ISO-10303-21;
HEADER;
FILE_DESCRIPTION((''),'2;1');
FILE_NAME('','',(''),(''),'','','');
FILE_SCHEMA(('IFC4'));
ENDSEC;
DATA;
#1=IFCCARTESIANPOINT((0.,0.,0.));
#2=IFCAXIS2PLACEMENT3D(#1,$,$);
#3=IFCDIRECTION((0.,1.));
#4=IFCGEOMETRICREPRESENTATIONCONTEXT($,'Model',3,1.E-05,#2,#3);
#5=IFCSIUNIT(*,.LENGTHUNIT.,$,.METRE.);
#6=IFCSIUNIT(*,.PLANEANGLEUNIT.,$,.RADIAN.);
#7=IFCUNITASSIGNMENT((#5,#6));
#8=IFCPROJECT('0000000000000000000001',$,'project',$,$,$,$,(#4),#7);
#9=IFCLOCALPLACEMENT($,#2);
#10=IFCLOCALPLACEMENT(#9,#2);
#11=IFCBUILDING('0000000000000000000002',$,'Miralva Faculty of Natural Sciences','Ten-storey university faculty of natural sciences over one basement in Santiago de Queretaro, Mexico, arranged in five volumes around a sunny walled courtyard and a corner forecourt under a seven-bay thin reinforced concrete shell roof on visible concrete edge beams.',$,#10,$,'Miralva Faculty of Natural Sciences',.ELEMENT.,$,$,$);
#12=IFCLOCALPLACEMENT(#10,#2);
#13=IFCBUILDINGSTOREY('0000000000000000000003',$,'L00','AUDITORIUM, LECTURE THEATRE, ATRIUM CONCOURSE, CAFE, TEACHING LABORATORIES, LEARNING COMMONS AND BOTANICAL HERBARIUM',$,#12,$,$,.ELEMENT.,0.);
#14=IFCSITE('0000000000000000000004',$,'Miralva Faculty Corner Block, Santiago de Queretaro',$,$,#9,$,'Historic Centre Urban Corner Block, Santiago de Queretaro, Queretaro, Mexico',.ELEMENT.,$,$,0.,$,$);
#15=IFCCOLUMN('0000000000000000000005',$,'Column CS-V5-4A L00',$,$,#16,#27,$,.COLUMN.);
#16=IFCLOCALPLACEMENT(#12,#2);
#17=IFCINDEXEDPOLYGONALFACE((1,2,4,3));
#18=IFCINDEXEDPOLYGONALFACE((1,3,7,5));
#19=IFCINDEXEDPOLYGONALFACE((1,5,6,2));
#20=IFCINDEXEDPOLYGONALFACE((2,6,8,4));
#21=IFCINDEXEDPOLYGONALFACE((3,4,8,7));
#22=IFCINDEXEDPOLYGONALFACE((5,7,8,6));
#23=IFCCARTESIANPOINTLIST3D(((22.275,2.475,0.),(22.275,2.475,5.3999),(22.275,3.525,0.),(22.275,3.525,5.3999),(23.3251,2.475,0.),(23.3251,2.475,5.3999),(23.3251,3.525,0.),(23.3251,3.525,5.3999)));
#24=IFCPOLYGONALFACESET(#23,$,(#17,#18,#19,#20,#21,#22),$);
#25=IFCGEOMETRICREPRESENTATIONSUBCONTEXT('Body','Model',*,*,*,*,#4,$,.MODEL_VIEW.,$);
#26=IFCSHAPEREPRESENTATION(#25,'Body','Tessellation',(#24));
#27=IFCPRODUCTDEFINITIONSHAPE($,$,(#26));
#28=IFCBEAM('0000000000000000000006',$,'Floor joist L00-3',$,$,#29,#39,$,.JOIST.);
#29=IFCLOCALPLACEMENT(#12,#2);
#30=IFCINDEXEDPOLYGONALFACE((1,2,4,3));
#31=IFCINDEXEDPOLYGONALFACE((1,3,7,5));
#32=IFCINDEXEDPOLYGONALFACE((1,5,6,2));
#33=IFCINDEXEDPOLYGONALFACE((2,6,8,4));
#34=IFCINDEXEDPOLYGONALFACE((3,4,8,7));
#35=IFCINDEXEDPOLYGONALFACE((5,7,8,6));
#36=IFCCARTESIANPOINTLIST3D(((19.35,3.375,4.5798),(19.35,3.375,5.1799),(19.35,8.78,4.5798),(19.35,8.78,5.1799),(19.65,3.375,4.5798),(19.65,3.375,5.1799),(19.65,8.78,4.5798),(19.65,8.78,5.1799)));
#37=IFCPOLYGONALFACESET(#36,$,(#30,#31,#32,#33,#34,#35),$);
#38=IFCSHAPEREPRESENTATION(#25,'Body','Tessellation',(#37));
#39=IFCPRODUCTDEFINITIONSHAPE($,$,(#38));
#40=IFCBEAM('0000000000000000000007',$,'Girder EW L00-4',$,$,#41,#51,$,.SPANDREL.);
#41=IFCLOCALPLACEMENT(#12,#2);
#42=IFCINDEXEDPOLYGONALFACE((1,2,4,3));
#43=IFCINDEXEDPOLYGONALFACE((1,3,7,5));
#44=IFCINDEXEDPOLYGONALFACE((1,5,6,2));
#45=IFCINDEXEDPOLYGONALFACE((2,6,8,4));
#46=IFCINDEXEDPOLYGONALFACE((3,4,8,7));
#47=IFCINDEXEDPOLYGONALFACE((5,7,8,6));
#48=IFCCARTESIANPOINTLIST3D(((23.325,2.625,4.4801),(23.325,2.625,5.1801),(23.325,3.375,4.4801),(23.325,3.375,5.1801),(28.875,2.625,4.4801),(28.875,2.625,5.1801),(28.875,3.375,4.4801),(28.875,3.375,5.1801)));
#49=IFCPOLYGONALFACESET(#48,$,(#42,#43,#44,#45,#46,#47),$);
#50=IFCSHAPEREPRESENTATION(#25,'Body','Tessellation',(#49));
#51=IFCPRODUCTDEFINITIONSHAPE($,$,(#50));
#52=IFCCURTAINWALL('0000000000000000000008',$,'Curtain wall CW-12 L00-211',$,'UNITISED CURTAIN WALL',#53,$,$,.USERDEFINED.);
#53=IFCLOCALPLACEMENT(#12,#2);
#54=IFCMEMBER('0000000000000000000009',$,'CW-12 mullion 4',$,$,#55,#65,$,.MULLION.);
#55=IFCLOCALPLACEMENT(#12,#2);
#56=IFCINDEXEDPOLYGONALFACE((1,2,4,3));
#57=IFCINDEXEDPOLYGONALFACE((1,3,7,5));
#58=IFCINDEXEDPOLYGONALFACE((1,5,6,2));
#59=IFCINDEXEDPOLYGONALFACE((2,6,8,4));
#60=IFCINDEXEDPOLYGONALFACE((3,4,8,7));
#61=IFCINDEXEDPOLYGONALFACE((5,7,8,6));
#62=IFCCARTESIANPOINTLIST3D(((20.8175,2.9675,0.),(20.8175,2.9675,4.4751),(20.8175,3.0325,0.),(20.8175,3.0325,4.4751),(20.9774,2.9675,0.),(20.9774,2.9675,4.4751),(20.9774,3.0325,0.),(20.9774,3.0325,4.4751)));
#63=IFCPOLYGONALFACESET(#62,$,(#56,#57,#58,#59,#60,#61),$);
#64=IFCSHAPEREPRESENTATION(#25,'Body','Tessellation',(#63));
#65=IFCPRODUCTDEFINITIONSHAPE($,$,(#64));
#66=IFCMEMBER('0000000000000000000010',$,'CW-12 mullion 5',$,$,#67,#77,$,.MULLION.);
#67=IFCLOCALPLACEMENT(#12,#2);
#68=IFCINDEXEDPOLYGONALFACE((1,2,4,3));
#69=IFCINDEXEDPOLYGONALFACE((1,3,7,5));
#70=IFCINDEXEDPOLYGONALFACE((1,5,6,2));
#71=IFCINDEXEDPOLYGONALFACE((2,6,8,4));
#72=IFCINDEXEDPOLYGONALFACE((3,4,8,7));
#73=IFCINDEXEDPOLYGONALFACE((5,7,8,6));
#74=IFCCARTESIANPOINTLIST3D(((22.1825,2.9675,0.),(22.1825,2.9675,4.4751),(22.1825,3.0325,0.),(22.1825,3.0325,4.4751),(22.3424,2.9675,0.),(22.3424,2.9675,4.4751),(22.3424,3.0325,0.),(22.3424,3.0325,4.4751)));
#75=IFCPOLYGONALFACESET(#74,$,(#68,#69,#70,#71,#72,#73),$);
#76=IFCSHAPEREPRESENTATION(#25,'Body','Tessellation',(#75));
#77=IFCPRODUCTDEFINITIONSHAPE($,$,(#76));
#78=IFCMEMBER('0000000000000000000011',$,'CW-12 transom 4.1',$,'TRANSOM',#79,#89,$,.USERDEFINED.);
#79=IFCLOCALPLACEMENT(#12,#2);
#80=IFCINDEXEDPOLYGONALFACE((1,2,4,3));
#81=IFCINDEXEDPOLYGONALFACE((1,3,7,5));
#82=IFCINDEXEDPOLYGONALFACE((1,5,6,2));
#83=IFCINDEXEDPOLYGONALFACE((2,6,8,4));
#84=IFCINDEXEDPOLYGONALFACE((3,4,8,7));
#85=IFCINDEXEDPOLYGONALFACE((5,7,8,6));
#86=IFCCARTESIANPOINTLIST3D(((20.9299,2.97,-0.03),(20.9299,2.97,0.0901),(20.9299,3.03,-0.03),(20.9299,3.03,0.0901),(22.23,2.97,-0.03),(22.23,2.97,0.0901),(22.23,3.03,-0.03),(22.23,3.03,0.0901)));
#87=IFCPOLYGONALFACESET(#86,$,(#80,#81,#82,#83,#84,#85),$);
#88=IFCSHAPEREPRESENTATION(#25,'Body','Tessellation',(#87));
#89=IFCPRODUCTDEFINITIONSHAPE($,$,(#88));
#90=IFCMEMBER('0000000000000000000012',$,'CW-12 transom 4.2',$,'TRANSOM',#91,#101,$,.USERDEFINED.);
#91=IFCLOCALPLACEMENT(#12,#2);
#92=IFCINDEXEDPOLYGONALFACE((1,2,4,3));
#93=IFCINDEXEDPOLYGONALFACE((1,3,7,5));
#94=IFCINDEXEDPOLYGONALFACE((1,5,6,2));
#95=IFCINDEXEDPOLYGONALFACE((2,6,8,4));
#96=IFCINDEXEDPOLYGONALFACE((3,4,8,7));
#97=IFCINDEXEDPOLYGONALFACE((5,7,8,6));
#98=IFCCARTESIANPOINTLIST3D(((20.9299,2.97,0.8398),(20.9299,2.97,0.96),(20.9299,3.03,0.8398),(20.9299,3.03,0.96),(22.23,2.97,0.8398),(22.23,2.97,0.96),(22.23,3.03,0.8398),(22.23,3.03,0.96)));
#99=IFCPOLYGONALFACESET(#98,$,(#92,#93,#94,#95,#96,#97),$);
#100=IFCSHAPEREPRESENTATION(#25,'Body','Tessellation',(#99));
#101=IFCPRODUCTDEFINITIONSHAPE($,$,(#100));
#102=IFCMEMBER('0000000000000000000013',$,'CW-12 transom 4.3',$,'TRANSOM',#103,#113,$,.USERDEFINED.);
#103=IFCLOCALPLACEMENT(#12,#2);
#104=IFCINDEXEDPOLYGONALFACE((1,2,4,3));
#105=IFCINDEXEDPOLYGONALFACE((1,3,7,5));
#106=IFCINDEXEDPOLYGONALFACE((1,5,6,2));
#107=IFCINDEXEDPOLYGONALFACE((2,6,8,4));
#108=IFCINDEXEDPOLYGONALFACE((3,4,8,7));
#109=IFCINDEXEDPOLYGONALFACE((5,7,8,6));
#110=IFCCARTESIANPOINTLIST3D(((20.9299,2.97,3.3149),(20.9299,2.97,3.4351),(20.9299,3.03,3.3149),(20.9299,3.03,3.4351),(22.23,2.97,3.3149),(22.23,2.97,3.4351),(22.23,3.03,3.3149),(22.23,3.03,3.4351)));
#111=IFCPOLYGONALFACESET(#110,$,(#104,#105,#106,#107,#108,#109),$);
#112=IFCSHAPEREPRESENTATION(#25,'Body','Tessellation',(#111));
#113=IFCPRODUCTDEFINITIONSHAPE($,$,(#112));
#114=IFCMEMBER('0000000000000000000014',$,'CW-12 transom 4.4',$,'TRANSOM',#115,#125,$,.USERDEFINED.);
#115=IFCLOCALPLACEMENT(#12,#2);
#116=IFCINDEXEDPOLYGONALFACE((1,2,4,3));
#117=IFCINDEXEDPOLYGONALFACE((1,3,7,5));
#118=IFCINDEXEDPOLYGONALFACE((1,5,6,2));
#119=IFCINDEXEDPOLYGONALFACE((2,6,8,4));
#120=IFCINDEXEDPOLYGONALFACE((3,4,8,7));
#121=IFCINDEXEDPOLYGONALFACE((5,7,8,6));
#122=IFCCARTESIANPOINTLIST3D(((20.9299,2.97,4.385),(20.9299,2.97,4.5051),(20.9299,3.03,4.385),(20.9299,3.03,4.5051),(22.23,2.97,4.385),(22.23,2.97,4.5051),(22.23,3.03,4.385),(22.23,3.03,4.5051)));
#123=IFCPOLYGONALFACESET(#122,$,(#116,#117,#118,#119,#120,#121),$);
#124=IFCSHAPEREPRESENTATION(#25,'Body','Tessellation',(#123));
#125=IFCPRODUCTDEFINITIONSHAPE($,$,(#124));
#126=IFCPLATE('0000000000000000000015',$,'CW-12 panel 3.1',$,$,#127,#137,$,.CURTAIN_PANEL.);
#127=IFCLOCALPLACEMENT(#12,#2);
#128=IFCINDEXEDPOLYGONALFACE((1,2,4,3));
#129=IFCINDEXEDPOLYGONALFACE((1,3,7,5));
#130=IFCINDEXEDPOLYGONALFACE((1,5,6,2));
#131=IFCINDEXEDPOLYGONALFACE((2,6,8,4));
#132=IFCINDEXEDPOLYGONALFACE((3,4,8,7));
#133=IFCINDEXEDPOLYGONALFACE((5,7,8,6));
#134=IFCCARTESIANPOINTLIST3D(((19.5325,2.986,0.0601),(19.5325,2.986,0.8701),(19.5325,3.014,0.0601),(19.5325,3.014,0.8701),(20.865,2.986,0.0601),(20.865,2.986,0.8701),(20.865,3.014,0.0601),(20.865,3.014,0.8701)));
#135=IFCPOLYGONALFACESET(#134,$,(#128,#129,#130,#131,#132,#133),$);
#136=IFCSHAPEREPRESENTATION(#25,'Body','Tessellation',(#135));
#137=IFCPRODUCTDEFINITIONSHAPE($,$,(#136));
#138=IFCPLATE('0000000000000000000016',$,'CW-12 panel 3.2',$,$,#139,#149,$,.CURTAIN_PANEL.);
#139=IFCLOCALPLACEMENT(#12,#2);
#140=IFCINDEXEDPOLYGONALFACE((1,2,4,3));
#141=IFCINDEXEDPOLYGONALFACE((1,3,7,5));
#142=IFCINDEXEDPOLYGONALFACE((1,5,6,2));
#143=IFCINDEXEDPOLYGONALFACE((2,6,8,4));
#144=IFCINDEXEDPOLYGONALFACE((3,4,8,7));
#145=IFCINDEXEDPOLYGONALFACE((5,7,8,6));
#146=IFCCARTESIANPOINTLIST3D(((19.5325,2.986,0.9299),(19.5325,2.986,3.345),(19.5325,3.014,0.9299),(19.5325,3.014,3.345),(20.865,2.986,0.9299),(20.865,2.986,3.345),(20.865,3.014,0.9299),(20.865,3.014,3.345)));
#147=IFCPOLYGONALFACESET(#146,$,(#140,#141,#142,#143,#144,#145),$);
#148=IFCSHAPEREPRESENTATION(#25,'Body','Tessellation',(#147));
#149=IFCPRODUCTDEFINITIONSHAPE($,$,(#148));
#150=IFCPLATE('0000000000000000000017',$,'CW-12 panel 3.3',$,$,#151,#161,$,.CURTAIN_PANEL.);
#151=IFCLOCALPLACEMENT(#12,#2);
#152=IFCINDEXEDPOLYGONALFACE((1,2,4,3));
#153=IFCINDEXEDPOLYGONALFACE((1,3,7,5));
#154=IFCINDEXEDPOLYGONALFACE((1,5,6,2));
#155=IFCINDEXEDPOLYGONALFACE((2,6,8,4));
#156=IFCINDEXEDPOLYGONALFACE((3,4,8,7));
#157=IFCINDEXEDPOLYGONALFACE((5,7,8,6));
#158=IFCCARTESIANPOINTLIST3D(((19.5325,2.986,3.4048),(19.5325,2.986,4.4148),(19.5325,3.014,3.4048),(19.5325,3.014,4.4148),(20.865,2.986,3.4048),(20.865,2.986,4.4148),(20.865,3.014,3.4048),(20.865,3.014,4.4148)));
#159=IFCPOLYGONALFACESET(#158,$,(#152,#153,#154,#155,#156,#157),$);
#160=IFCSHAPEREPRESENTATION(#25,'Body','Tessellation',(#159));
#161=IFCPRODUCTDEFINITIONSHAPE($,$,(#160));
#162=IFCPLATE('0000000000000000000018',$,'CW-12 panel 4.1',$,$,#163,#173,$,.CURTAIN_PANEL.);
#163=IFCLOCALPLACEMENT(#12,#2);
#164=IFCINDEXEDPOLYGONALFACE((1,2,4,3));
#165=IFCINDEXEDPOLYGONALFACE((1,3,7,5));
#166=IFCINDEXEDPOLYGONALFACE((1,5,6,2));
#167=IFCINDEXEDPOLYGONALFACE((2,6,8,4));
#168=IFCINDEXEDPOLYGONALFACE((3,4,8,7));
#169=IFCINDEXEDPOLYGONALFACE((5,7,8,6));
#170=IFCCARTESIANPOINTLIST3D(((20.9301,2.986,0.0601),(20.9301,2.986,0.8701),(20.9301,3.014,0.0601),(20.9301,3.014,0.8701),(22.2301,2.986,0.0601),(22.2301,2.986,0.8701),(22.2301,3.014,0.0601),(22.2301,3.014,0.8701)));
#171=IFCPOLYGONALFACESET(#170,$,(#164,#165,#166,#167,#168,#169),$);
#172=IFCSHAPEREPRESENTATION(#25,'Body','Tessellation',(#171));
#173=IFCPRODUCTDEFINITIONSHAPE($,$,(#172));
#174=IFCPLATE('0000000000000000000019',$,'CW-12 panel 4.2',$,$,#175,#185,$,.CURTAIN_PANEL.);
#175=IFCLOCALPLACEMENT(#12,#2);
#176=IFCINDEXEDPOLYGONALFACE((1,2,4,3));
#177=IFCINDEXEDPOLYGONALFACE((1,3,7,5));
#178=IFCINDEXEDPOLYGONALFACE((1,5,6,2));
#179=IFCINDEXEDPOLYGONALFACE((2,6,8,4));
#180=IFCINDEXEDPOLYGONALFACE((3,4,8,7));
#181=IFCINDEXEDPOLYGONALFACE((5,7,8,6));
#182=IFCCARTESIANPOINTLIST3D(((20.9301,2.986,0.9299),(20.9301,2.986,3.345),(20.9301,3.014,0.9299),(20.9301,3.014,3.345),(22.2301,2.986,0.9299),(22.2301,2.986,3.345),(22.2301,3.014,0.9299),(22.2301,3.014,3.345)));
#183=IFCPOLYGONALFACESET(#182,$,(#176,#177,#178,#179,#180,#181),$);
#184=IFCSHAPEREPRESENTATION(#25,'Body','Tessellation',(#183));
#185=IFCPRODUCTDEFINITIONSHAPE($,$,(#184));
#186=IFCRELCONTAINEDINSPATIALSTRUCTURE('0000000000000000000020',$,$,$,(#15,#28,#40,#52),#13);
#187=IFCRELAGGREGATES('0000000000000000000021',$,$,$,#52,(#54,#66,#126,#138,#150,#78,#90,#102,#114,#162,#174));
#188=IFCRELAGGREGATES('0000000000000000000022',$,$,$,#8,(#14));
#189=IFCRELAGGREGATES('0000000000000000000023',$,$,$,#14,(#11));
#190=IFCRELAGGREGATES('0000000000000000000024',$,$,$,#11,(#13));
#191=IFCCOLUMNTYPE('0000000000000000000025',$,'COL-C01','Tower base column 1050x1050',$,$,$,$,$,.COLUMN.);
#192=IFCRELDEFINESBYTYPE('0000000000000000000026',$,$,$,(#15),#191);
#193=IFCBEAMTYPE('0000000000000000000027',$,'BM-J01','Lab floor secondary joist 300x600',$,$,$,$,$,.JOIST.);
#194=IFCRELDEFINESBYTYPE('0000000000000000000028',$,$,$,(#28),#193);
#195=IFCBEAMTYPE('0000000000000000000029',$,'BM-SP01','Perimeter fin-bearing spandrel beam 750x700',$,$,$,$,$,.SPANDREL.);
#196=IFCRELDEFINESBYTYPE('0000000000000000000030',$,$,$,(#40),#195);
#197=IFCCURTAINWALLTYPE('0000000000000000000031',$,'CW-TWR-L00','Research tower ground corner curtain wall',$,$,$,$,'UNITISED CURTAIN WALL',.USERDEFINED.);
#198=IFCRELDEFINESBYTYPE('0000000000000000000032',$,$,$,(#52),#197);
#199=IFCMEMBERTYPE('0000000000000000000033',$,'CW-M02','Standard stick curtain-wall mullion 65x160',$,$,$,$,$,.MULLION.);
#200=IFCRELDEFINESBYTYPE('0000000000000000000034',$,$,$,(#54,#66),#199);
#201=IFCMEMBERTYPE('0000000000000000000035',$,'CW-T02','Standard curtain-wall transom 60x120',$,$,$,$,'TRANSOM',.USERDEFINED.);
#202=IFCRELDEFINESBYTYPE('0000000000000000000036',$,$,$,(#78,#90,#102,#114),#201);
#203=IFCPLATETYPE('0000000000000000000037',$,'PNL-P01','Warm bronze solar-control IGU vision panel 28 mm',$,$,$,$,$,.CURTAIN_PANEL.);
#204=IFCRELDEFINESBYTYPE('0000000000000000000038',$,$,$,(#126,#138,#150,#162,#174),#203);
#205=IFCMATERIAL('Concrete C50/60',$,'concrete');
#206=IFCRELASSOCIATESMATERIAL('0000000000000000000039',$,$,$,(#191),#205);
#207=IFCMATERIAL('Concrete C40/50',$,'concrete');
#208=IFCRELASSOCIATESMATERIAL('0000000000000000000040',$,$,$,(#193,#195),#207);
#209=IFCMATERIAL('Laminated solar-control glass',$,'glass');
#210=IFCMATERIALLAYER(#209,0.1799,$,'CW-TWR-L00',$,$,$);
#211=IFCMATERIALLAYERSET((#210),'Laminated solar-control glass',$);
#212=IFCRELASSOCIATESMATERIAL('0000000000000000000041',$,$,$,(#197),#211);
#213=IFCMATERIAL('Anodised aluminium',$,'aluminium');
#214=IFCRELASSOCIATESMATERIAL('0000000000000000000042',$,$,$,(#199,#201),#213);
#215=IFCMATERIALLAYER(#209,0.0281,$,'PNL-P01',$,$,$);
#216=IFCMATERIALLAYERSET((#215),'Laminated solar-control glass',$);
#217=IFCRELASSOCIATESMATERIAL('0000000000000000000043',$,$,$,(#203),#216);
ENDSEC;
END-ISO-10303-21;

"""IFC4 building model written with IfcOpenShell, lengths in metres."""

from ifc_helpers import new_model, si_unit, direction, frame, origin, origin_2d, place, context, subcontext, project, spatial, rectangle, extrude, material, layer, layer_set, material_profile, profile_set, type_object, element, aggregate, save


model = new_model("IFC4")

# Units and contexts
model_context = context("Model", 3, precision=1e-05, world=origin(), true_north=direction((0.0, 1.0)))
body_context = subcontext(model_context, "Body", "Model", "MODEL_VIEW")
ifc_project = project(units=[si_unit("LENGTHUNIT", "METRE"), si_unit("PLANEANGLEUNIT", "RADIAN")], contexts=[model_context])

# Site, building, storey
site_placement = place(None, origin())
site = spatial("IfcSite", under=ifc_project, at=site_placement, Name="Miralva Faculty Corner Block, Santiago de Queretaro", LongName="Historic Centre Urban Corner Block, Santiago de Queretaro, Queretaro, Mexico", CompositionType="ELEMENT", RefElevation=0.0)
building_placement = place(site_placement, origin())
building = spatial("IfcBuilding", under=site, at=building_placement, Name="Miralva Faculty of Natural Sciences", Description="Ten-storey university faculty of natural sciences over one basement in Santiago de Queretaro, Mexico, arranged in five volumes around a sunny walled courtyard and a corner forecourt under a seven-bay thin reinforced concrete shell roof on visible concrete edge beams.", LongName="Miralva Faculty of Natural Sciences", CompositionType="ELEMENT")
storey_placement = place(building_placement, origin())
storey = spatial("IfcBuildingStorey", under=building, at=storey_placement, Name="L00", Description="AUDITORIUM, LECTURE THEATRE, ATRIUM CONCOURSE, CAFE, TEACHING LABORATORIES, LEARNING COMMONS AND BOTANICAL HERBARIUM", CompositionType="ELEMENT", Elevation=0.0)

# Column
ifc_material_1 = material(Name="Concrete C50/60", Category="concrete")
ifc_material_profile_1 = material_profile(ifc_material_1, rectangle(XDim=1.05, YDim=1.05, at=origin_2d()), Name="RC 1050x1050")
ifc_profile_set_1 = profile_set([ifc_material_profile_1], Name="Concrete C50/60")
column_type = type_object("IfcColumnType", Name="COL-C01", Description="Tower base column 1050x1050", PredefinedType="COLUMN", material=ifc_profile_set_1)
column_placement = place(storey_placement, frame((22.8, 3.0, 0.0), z_axis=(0.0, 0.0, 1.0), x_axis=(1.0, 0.0, 0.0)))
element("IfcColumn", 1, at=column_placement, inside=storey, type_object=column_type, Name="Column CS-V5-4A L00", PredefinedType="COLUMN", context=body_context, shape_type="SweptSolid", body=[
    extrude(rectangle(XDim=1.05, YDim=1.05, at=origin_2d()), origin(), (0.0, 0.0, 1.0), 5.3999),
])

# Beams
ifc_material_2 = material(Name="Concrete C40/50", Category="concrete")
ifc_material_profile_2 = material_profile(ifc_material_2, rectangle(XDim=0.3, YDim=0.6001, at=origin_2d()), Name="RC 300x600")
ifc_profile_set_2 = profile_set([ifc_material_profile_2], Name="Concrete C40/50")
beam_type_1 = type_object("IfcBeamType", Name="BM-J01", Description="Lab floor secondary joist 300x600", PredefinedType="JOIST", material=ifc_profile_set_2)
beam_1_placement = place(storey_placement, frame((19.5, 3.375, 4.8799), z_axis=(0.0, 1.0, 0.0), x_axis=(-1.0, 0.0, 0.0)))
element("IfcBeam", 2, at=beam_1_placement, inside=storey, type_object=beam_type_1, Name="Floor joist L00-3", PredefinedType="JOIST", context=body_context, shape_type="SweptSolid", body=[
    extrude(rectangle(XDim=0.3, YDim=0.6001, at=origin_2d()), origin(), (0.0, 0.0, 1.0), 5.405),
])
ifc_material_profile_3 = material_profile(ifc_material_2, rectangle(XDim=0.75, YDim=0.7, at=origin_2d()), Name="RC 750x700")
ifc_profile_set_3 = profile_set([ifc_material_profile_3], Name="Concrete C40/50")
beam_type_2 = type_object("IfcBeamType", Name="BM-SP01", Description="Perimeter fin-bearing spandrel beam 750x700", PredefinedType="SPANDREL", material=ifc_profile_set_3)
beam_2_placement = place(storey_placement, frame((23.325, 3.0, 4.8301), z_axis=(1.0, 0.0, 0.0), x_axis=(0.0, 1.0, 0.0)))
element("IfcBeam", 3, at=beam_2_placement, inside=storey, type_object=beam_type_2, Name="Girder EW L00-4", PredefinedType="SPANDREL", context=body_context, shape_type="SweptSolid", body=[
    extrude(rectangle(XDim=0.75, YDim=0.7, at=origin_2d()), origin(), (0.0, 0.0, 1.0), 5.55),
])

# Curtain wall, members, plates
ifc_material_3 = material(Name="Laminated solar-control glass", Category="glass")
ifc_layer_1 = layer(ifc_material_3, 0.1799, Name="CW-TWR-L00")
ifc_layer_set_1 = layer_set([ifc_layer_1], Name="Laminated solar-control glass")
curtain_wall_type = type_object("IfcCurtainWallType", Name="CW-TWR-L00", Description="Research tower ground corner curtain wall", ElementType="UNITISED CURTAIN WALL", PredefinedType="USERDEFINED", material=ifc_layer_set_1)
curtain_wall_placement = place(storey_placement, origin())
curtain_wall = element("IfcCurtainWall", 4, at=curtain_wall_placement, inside=storey, type_object=curtain_wall_type, Name="Curtain wall CW-12 L00-211", ObjectType="UNITISED CURTAIN WALL", PredefinedType="USERDEFINED")
ifc_material_4 = material(Name="Anodised aluminium", Category="aluminium")
ifc_material_profile_4 = material_profile(ifc_material_4, rectangle(XDim=0.0649, YDim=0.1599, at=origin_2d()), Name="MULLION 65x160")
ifc_profile_set_4 = profile_set([ifc_material_profile_4], Name="Anodised aluminium")
member_type_1 = type_object("IfcMemberType", Name="CW-M02", Description="Standard stick curtain-wall mullion 65x160", PredefinedType="MULLION", material=ifc_profile_set_4)
member_1_placement = place(storey_placement, frame((20.8975, 3.0, 0.0), z_axis=(0.0, 0.0, 1.0), x_axis=(0.0, 1.0, 0.0)))
member_1 = element("IfcMember", 5, at=member_1_placement, type_object=member_type_1, Name="CW-12 mullion 4", PredefinedType="MULLION", context=body_context, shape_type="SweptSolid", body=[
    extrude(rectangle(XDim=0.0649, YDim=0.1599, at=origin_2d()), origin(), (0.0, 0.0, 1.0), 4.4751),
])
member_2_placement = place(storey_placement, frame((22.2625, 3.0, 0.0), z_axis=(0.0, 0.0, 1.0), x_axis=(0.0, 1.0, 0.0)))
member_2 = element("IfcMember", 6, at=member_2_placement, type_object=member_type_1, Name="CW-12 mullion 5", PredefinedType="MULLION", context=body_context, shape_type="SweptSolid", body=[
    extrude(rectangle(XDim=0.0649, YDim=0.1599, at=origin_2d()), origin(), (0.0, 0.0, 1.0), 4.4751),
])
ifc_material_profile_5 = material_profile(ifc_material_4, rectangle(XDim=0.0601, YDim=0.1201, at=origin_2d()), Name="TRANSOM 60x120")
ifc_profile_set_5 = profile_set([ifc_material_profile_5], Name="Anodised aluminium")
member_type_2 = type_object("IfcMemberType", Name="CW-T02", Description="Standard curtain-wall transom 60x120", ElementType="TRANSOM", PredefinedType="USERDEFINED", material=ifc_profile_set_5)
member_3_placement = place(storey_placement, frame((20.9299, 3.0, 0.03), z_axis=(1.0, 0.0, 0.0), x_axis=(0.0, 1.0, 0.0)))
member_3 = element("IfcMember", 7, at=member_3_placement, type_object=member_type_2, Name="CW-12 transom 4.1", ObjectType="TRANSOM", PredefinedType="USERDEFINED", context=body_context, shape_type="SweptSolid", body=[
    extrude(rectangle(XDim=0.0601, YDim=0.1201, at=origin_2d()), origin(), (0.0, 0.0, 1.0), 1.3),
])
member_4_placement = place(storey_placement, frame((20.9299, 3.0, 0.8999), z_axis=(1.0, 0.0, 0.0), x_axis=(0.0, 1.0, 0.0)))
member_4 = element("IfcMember", 8, at=member_4_placement, type_object=member_type_2, Name="CW-12 transom 4.2", ObjectType="TRANSOM", PredefinedType="USERDEFINED", context=body_context, shape_type="SweptSolid", body=[
    extrude(rectangle(XDim=0.0601, YDim=0.1201, at=origin_2d()), origin(), (0.0, 0.0, 1.0), 1.3),
])
member_5_placement = place(storey_placement, frame((20.9299, 3.0, 3.375), z_axis=(1.0, 0.0, 0.0), x_axis=(0.0, 1.0, 0.0)))
member_5 = element("IfcMember", 9, at=member_5_placement, type_object=member_type_2, Name="CW-12 transom 4.3", ObjectType="TRANSOM", PredefinedType="USERDEFINED", context=body_context, shape_type="SweptSolid", body=[
    extrude(rectangle(XDim=0.0601, YDim=0.1201, at=origin_2d()), origin(), (0.0, 0.0, 1.0), 1.3),
])
member_6_placement = place(storey_placement, frame((20.9299, 3.0, 4.4451), z_axis=(1.0, 0.0, 0.0), x_axis=(0.0, 1.0, 0.0)))
member_6 = element("IfcMember", 10, at=member_6_placement, type_object=member_type_2, Name="CW-12 transom 4.4", ObjectType="TRANSOM", PredefinedType="USERDEFINED", context=body_context, shape_type="SweptSolid", body=[
    extrude(rectangle(XDim=0.0601, YDim=0.1201, at=origin_2d()), origin(), (0.0, 0.0, 1.0), 1.3),
])
ifc_layer_2 = layer(ifc_material_3, 0.0281, Name="PNL-P01")
ifc_layer_set_2 = layer_set([ifc_layer_2], Name="Laminated solar-control glass")
plate_type = type_object("IfcPlateType", Name="PNL-P01", Description="Warm bronze solar-control IGU vision panel 28 mm", PredefinedType="CURTAIN_PANEL", material=ifc_layer_set_2)
plate_1_placement = place(storey_placement, frame((20.1987, 3.0, 0.0601), z_axis=(0.0, 0.0, 1.0), x_axis=(1.0, 0.0, 0.0)))
plate_1 = element("IfcPlate", 11, at=plate_1_placement, type_object=plate_type, Name="CW-12 panel 3.1", PredefinedType="CURTAIN_PANEL", context=body_context, shape_type="SweptSolid", body=[
    extrude(rectangle(XDim=1.3325, YDim=0.0281, at=origin_2d()), origin(), (0.0, 0.0, 1.0), 0.8101),
])
plate_2_placement = place(storey_placement, frame((20.1987, 3.0, 0.9299), z_axis=(0.0, 0.0, 1.0), x_axis=(1.0, 0.0, 0.0)))
plate_2 = element("IfcPlate", 12, at=plate_2_placement, type_object=plate_type, Name="CW-12 panel 3.2", PredefinedType="CURTAIN_PANEL", context=body_context, shape_type="SweptSolid", body=[
    extrude(rectangle(XDim=1.3325, YDim=0.0281, at=origin_2d()), origin(), (0.0, 0.0, 1.0), 2.415),
])
plate_3_placement = place(storey_placement, frame((20.1987, 3.0, 3.4048), z_axis=(0.0, 0.0, 1.0), x_axis=(1.0, 0.0, 0.0)))
plate_3 = element("IfcPlate", 13, at=plate_3_placement, type_object=plate_type, Name="CW-12 panel 3.3", PredefinedType="CURTAIN_PANEL", context=body_context, shape_type="SweptSolid", body=[
    extrude(rectangle(XDim=1.3325, YDim=0.0281, at=origin_2d()), origin(), (0.0, 0.0, 1.0), 1.01),
])
plate_4_placement = place(storey_placement, frame((21.5801, 3.0, 0.0601), z_axis=(0.0, 0.0, 1.0), x_axis=(1.0, 0.0, 0.0)))
plate_4 = element("IfcPlate", 14, at=plate_4_placement, type_object=plate_type, Name="CW-12 panel 4.1", PredefinedType="CURTAIN_PANEL", context=body_context, shape_type="SweptSolid", body=[
    extrude(rectangle(XDim=1.3, YDim=0.0281, at=origin_2d()), origin(), (0.0, 0.0, 1.0), 0.8101),
])
plate_5_placement = place(storey_placement, frame((21.5801, 3.0, 0.9299), z_axis=(0.0, 0.0, 1.0), x_axis=(1.0, 0.0, 0.0)))
plate_5 = element("IfcPlate", 15, at=plate_5_placement, type_object=plate_type, Name="CW-12 panel 4.2", PredefinedType="CURTAIN_PANEL", context=body_context, shape_type="SweptSolid", body=[
    extrude(rectangle(XDim=1.3, YDim=0.0281, at=origin_2d()), origin(), (0.0, 0.0, 1.0), 2.415),
])
aggregate(curtain_wall, [member_1, member_2, plate_1, plate_2, plate_3, member_3, member_4, member_5, member_6, plate_4, plate_5])

save(model, "model.ifc")
